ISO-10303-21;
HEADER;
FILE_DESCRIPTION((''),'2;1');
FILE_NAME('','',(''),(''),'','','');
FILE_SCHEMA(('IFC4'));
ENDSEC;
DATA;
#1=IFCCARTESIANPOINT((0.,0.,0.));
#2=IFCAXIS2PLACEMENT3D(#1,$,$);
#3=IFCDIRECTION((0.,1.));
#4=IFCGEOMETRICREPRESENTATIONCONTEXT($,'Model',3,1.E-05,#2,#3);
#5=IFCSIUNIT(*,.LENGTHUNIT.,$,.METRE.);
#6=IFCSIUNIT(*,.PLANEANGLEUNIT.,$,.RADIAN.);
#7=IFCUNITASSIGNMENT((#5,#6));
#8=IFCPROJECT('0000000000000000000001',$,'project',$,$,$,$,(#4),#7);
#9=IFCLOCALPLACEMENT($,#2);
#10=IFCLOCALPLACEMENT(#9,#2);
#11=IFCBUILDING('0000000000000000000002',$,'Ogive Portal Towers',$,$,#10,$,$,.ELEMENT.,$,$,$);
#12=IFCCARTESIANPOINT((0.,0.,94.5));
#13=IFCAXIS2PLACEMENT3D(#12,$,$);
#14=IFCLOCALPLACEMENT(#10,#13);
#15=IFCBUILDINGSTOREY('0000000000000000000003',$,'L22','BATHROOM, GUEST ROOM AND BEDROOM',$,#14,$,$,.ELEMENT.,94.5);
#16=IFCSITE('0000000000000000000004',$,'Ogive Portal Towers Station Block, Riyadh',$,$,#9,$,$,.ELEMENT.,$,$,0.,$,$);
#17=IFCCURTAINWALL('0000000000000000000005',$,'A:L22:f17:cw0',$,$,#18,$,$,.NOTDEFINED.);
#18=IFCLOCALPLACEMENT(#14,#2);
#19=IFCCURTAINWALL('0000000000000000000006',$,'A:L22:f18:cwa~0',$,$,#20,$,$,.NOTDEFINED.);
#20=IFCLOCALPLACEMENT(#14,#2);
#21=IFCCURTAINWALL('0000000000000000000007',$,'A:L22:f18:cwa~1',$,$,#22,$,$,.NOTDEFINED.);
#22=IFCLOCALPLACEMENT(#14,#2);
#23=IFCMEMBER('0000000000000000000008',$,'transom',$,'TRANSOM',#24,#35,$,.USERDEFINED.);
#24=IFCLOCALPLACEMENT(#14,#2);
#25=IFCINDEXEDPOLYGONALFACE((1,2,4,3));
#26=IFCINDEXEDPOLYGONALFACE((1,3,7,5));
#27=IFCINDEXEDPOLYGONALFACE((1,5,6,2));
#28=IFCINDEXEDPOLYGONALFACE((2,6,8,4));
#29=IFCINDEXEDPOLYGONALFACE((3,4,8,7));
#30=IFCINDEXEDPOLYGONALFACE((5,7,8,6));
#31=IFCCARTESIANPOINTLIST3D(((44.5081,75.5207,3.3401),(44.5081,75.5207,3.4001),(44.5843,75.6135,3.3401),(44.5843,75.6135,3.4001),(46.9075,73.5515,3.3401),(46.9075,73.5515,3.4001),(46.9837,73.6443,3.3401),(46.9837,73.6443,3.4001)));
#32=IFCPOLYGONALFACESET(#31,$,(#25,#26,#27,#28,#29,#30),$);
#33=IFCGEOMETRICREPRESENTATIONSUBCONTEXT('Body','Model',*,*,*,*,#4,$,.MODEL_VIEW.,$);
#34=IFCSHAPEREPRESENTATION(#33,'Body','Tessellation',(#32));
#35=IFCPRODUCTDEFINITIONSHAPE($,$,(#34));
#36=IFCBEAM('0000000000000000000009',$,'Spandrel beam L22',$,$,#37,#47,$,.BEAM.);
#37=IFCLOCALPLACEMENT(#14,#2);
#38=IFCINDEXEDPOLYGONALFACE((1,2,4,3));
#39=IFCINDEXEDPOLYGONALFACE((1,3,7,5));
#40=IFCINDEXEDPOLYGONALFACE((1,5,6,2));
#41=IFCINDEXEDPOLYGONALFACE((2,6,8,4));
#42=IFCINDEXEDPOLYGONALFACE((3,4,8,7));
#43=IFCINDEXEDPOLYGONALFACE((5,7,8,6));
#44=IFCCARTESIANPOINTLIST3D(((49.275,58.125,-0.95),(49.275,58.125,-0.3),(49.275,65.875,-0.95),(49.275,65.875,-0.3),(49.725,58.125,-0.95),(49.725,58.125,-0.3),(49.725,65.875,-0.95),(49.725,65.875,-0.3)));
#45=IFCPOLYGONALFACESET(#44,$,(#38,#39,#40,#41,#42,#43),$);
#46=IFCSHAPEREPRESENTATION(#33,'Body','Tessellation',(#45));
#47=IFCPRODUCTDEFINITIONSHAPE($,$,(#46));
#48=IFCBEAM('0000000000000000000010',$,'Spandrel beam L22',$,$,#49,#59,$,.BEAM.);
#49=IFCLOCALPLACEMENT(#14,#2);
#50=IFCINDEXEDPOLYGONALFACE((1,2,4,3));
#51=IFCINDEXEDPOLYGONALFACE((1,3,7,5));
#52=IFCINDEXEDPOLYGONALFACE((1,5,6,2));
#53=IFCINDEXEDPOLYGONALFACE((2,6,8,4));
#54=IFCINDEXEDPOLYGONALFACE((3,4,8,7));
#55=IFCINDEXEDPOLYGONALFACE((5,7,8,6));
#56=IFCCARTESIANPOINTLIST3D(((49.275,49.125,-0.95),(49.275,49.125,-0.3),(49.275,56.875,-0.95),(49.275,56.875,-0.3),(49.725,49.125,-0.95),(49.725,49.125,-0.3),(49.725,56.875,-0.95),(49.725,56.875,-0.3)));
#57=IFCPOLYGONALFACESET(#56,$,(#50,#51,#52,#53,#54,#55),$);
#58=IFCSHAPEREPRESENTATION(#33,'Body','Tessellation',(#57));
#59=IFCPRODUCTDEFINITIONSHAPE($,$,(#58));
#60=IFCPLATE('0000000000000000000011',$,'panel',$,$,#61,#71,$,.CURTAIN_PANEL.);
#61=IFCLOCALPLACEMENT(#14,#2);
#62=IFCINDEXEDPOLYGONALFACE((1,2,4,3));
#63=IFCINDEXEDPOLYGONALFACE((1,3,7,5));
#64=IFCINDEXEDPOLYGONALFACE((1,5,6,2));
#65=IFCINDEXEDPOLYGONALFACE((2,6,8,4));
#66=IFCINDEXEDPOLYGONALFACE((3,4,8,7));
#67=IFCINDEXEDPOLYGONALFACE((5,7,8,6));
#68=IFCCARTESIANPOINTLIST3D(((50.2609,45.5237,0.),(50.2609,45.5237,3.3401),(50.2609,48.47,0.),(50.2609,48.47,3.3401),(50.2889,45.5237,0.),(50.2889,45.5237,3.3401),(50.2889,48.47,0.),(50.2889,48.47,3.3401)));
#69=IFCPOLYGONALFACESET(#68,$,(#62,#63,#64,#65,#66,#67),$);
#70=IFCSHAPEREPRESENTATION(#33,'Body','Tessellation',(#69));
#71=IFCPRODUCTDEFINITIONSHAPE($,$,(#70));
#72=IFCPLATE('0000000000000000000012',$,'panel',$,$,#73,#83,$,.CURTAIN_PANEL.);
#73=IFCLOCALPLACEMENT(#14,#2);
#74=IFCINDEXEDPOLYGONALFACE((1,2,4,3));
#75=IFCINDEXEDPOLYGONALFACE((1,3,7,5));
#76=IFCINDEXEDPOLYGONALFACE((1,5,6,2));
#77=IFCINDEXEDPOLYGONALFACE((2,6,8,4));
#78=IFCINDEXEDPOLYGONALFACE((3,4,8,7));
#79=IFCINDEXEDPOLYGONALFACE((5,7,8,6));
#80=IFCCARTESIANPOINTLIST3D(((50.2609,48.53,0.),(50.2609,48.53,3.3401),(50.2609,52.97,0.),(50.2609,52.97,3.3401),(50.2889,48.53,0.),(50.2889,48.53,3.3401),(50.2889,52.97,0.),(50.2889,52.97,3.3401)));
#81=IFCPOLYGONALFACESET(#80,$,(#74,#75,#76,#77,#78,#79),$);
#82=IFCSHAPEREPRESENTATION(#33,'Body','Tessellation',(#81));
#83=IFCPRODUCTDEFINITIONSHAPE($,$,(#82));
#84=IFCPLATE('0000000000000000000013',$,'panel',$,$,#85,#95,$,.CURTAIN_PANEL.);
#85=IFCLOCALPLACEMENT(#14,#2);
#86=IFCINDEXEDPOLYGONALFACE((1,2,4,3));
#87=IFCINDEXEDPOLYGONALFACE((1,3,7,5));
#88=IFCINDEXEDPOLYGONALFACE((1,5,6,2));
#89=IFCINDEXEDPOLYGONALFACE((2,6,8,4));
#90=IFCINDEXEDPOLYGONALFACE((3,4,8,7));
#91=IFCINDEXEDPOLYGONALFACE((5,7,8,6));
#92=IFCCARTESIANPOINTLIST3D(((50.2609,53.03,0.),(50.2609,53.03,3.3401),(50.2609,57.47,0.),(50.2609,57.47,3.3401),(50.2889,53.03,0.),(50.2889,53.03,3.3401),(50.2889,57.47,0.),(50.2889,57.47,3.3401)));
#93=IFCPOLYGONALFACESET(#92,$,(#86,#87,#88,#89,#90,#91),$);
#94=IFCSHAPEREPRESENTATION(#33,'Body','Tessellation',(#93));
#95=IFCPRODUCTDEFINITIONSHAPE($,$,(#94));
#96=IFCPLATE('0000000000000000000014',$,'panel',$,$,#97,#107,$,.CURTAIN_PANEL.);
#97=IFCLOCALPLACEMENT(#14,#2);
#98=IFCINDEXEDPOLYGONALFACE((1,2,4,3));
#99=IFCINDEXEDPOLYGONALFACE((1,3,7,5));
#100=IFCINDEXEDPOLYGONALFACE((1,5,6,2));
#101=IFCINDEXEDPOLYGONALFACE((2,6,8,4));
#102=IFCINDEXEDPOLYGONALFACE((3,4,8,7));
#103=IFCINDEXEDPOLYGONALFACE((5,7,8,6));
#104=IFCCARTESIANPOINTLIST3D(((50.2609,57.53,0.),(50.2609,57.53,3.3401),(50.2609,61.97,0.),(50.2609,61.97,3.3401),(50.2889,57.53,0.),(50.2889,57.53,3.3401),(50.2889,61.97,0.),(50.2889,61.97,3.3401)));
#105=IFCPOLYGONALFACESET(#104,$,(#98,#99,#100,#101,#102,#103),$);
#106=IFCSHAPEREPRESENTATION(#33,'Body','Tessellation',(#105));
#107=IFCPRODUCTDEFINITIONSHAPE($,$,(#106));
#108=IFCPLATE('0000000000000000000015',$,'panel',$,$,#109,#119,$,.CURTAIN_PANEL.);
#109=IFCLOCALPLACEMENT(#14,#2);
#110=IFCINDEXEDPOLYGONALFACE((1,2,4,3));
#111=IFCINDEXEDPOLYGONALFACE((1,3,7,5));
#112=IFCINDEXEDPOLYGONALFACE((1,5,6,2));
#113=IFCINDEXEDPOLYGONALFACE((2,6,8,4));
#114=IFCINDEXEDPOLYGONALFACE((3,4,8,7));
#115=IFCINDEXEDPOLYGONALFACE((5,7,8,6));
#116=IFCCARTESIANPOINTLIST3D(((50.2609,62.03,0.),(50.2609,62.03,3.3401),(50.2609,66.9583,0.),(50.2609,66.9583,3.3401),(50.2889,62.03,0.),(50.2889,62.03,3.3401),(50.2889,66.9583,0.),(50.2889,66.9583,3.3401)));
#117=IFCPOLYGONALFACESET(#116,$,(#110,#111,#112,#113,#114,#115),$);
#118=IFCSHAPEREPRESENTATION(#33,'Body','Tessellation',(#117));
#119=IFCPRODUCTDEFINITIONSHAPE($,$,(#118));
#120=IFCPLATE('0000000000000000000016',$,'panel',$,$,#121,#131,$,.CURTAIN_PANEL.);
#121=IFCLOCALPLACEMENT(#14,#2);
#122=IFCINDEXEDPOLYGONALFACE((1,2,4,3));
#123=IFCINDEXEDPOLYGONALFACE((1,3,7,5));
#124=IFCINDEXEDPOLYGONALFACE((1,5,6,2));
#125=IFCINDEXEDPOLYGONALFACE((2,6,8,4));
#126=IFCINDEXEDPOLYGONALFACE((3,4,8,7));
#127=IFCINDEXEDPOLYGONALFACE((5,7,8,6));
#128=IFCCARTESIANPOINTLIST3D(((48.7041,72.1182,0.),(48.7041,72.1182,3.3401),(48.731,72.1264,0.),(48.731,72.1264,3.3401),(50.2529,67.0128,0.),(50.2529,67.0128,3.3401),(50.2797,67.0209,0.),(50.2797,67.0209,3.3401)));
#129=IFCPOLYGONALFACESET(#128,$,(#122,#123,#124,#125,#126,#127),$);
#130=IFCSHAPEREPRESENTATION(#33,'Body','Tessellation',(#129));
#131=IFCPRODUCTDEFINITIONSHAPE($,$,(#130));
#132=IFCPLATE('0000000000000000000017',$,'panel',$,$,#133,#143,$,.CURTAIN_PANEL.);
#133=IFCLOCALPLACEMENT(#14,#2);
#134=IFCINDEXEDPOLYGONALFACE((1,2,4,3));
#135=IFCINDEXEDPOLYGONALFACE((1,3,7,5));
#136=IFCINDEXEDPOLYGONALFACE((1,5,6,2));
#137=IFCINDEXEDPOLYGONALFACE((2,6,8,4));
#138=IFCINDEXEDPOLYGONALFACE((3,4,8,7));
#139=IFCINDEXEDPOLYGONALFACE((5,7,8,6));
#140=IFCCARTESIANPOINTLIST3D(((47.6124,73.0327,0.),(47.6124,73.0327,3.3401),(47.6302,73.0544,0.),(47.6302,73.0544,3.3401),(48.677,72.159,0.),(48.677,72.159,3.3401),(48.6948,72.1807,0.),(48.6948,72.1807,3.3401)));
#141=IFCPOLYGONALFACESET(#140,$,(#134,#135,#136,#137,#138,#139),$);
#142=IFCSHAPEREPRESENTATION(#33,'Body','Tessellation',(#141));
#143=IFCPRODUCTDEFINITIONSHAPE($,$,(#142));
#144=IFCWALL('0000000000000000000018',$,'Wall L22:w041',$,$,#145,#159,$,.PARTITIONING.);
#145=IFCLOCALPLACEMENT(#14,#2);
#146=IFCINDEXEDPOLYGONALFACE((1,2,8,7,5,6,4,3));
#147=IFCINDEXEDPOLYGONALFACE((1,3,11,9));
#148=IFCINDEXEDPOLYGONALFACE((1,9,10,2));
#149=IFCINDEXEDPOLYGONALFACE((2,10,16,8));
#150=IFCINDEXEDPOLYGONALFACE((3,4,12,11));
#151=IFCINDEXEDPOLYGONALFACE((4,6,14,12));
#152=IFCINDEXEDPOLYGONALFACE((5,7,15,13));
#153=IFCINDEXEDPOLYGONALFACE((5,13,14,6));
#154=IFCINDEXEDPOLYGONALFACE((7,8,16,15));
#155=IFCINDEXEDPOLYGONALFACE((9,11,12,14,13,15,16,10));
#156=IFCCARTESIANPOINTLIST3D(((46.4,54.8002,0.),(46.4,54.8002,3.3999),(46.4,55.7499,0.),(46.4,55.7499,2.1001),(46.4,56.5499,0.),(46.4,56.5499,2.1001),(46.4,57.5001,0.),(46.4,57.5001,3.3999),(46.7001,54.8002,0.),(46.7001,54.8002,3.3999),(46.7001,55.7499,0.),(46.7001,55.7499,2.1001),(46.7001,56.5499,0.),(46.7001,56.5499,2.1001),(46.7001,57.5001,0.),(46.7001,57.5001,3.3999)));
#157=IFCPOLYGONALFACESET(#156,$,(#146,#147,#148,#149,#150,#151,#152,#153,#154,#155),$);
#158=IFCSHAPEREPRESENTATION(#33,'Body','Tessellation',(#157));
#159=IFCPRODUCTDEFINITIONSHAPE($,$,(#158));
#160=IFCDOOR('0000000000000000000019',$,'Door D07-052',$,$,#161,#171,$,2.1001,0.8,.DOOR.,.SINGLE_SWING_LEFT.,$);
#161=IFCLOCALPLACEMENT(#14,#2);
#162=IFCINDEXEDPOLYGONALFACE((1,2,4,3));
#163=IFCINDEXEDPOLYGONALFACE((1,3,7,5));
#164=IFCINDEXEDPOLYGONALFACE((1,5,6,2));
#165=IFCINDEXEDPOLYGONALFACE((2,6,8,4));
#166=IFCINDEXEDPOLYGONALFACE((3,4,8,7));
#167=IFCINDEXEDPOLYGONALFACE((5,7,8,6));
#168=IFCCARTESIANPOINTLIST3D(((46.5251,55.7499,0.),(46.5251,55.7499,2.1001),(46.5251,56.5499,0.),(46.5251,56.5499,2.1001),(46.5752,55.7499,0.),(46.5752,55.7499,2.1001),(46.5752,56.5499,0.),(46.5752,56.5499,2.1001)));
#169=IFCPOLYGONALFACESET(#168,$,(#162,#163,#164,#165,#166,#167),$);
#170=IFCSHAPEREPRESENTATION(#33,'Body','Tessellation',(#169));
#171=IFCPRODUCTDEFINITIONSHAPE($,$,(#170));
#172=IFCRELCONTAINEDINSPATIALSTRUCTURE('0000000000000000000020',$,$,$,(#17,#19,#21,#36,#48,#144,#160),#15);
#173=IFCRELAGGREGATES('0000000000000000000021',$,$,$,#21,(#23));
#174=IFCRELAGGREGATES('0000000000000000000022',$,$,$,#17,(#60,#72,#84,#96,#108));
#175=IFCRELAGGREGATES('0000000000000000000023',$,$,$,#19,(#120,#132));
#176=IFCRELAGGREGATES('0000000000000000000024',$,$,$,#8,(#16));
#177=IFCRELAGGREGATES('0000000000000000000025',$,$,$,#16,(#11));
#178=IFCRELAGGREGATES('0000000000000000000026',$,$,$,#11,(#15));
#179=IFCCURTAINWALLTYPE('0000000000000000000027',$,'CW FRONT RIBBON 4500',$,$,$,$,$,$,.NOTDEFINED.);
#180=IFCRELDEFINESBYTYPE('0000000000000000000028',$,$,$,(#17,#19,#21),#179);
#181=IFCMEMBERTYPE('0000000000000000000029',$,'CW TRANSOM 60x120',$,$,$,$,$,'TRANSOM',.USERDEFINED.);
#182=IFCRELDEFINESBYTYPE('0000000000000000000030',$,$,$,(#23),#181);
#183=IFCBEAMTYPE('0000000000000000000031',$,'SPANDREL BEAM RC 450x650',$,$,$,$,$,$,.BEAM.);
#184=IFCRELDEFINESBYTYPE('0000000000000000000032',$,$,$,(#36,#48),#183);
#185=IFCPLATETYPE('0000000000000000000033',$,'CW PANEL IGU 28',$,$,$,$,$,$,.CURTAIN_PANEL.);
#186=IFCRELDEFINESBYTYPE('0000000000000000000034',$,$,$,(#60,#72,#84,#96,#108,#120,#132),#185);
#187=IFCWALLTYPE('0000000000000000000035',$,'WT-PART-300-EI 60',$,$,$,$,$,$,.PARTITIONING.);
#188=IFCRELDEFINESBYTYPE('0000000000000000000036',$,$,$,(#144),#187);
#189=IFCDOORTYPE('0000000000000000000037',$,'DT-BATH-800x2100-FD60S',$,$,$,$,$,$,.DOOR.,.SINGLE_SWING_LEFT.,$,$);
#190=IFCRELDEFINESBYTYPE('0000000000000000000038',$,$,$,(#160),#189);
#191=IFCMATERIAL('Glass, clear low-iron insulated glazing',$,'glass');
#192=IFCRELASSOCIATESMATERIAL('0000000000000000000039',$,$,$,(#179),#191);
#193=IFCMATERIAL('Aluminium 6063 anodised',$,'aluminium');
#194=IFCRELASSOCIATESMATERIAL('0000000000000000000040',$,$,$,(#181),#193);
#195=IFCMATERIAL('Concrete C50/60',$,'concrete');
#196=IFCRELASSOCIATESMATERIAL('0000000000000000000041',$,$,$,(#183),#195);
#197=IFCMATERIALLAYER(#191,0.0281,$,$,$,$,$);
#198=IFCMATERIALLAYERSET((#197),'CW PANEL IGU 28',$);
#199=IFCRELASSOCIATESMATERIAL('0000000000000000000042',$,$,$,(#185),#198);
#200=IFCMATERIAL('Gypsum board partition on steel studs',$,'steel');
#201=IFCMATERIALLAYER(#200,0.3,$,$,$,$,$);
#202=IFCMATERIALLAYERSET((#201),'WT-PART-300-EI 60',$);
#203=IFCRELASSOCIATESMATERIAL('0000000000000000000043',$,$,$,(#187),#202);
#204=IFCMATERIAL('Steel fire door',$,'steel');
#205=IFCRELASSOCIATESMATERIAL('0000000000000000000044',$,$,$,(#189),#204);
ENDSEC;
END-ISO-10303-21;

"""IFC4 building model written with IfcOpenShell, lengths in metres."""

from ifc_helpers import new_model, si_unit, direction, frame, frame_2d, origin, origin_2d, place, context, subcontext, project, spatial, rectangle, extrude, material, layer, layer_set, material_profile, profile_set, type_object, element, fill, aggregate, save


model = new_model("IFC4")

# Units and contexts
model_context = context("Model", 3, precision=1e-05, world=origin(), true_north=direction((0.0, 1.0)))
body_context = subcontext(model_context, "Body", "Model", "MODEL_VIEW")
ifc_project = project(units=[si_unit("LENGTHUNIT", "METRE"), si_unit("PLANEANGLEUNIT", "RADIAN")], contexts=[model_context])

# Site, building, storey
site_placement = place(None, origin())
site = spatial("IfcSite", under=ifc_project, at=site_placement, Name="Ogive Portal Towers Station Block, Riyadh", CompositionType="ELEMENT", RefElevation=0.0)
building_placement = place(site_placement, origin())
building = spatial("IfcBuilding", under=site, at=building_placement, Name="Ogive Portal Towers", CompositionType="ELEMENT")
storey_placement = place(building_placement, frame((0.0, 0.0, 94.5)))
storey = spatial("IfcBuildingStorey", under=building, at=storey_placement, Name="L22", Description="BATHROOM, GUEST ROOM AND BEDROOM", CompositionType="ELEMENT", Elevation=94.5)

# Curtain walls
ifc_material_1 = material(Name="Glass, clear low-iron insulated glazing", Category="glass")
curtain_wall_type = type_object("IfcCurtainWallType", Name="CW FRONT RIBBON 4500", PredefinedType="NOTDEFINED", material=ifc_material_1)
curtain_wall_1_placement = place(storey_placement, origin())
curtain_wall_1 = element("IfcCurtainWall", 1, at=curtain_wall_1_placement, inside=storey, type_object=curtain_wall_type, Name="A:L22:f17:cw0", PredefinedType="NOTDEFINED")
ifc_material_2 = material(Name="Aluminium 6063 anodised", Category="aluminium")
curtain_wall_2_placement = place(storey_placement, origin())
curtain_wall_2 = element("IfcCurtainWall", 2, at=curtain_wall_2_placement, inside=storey, type_object=curtain_wall_type, Name="A:L22:f18:cwa~0", PredefinedType="NOTDEFINED")

# Curtain wall
curtain_wall_3_placement = place(storey_placement, origin())
curtain_wall_3 = element("IfcCurtainWall", 3, at=curtain_wall_3_placement, inside=storey, type_object=curtain_wall_type, Name="A:L22:f18:cwa~1", PredefinedType="NOTDEFINED")

# Member
ifc_material_profile_1 = material_profile(ifc_material_2, rectangle(XDim=0.1201, YDim=0.0601, at=origin_2d()), Name="AL 120x60")
ifc_profile_set_1 = profile_set([ifc_material_profile_1], Name="Aluminium 6063 anodised")
member_type_1 = type_object("IfcMemberType", Name="CW TRANSOM 60x120", ElementType="TRANSOM", PredefinedType="USERDEFINED", material=ifc_profile_set_1)
member_1_placement = place(storey_placement, frame((46.9456, 73.5979, 3.3701), z_axis=(-0.772996, 0.634411, 0.0), x_axis=(-0.634411, -0.772996, 0.0)))
member_1 = element("IfcMember", 4, at=member_1_placement, type_object=member_type_1, Name="transom", ObjectType="TRANSOM", PredefinedType="USERDEFINED", context=body_context, shape_type="SweptSolid", body=[
    extrude(rectangle(XDim=0.1201, YDim=0.0601, at=origin_2d()), origin(), (0.0, 0.0, 1.0), 3.104),
])
aggregate(curtain_wall_3, [member_1])

# Beams
ifc_material_3 = material(Name="Concrete C50/60", Category="concrete")
ifc_material_profile_2 = material_profile(ifc_material_3, rectangle(XDim=0.45, YDim=0.6499, at=origin_2d()), Name="RC 450x650")
ifc_profile_set_2 = profile_set([ifc_material_profile_2], Name="Concrete C50/60")
beam_type = type_object("IfcBeamType", Name="SPANDREL BEAM RC 450x650", PredefinedType="BEAM", material=ifc_profile_set_2)
for number, where, z_axis, x_axis, name in (
    (5, (49.5, 65.875, -0.625), (0.0, -1.0, 0.0), (1.0, 0.0, 0.0), "Spandrel beam L22"),
    (6, (49.5, 56.875, -0.625), (0.0, -1.0, 0.0), (1.0, 0.0, 0.0), "Spandrel beam L22"),
):
    element("IfcBeam", number, at=place(storey_placement, frame(where, z_axis=z_axis, x_axis=x_axis)), inside=storey, type_object=beam_type, Name=name, PredefinedType="BEAM", context=body_context, shape_type="SweptSolid", body=[
        extrude(rectangle(XDim=0.45, YDim=0.6499, at=origin_2d()), origin(), (0.0, 0.0, 1.0), 7.75),
    ])

# Plates
ifc_layer_1 = layer(ifc_material_1, 0.0281)
ifc_layer_set_1 = layer_set([ifc_layer_1], Name="CW PANEL IGU 28")
plate_type = type_object("IfcPlateType", Name="CW PANEL IGU 28", PredefinedType="CURTAIN_PANEL", material=ifc_layer_set_1)
plate_1_placement = place(storey_placement, frame((50.2749, 46.9968, 0.0), z_axis=(0.0, 0.0, 1.0), x_axis=(0.0, 1.0, 0.0)))
plate_1 = element("IfcPlate", 7, at=plate_1_placement, type_object=plate_type, Name="panel", PredefinedType="CURTAIN_PANEL", context=body_context, shape_type="SweptSolid", body=[
    extrude(rectangle(XDim=2.9463, YDim=0.0281, at=origin_2d()), origin(), (0.0, 0.0, 1.0), 3.3401),
])
plate_2_placement = place(storey_placement, frame((50.2749, 50.75, 0.0), z_axis=(0.0, 0.0, 1.0), x_axis=(0.0, 1.0, 0.0)))
plate_2 = element("IfcPlate", 8, at=plate_2_placement, type_object=plate_type, Name="panel", PredefinedType="CURTAIN_PANEL", context=body_context, shape_type="SweptSolid", body=[
    extrude(rectangle(XDim=4.4399, YDim=0.0281, at=origin_2d()), origin(), (0.0, 0.0, 1.0), 3.3401),
])
plate_3_placement = place(storey_placement, frame((50.2749, 55.25, 0.0), z_axis=(0.0, 0.0, 1.0), x_axis=(0.0, 1.0, 0.0)))
plate_3 = element("IfcPlate", 9, at=plate_3_placement, type_object=plate_type, Name="panel", PredefinedType="CURTAIN_PANEL", context=body_context, shape_type="SweptSolid", body=[
    extrude(rectangle(XDim=4.4399, YDim=0.0281, at=origin_2d()), origin(), (0.0, 0.0, 1.0), 3.3401),
])
plate_4_placement = place(storey_placement, frame((50.2749, 59.75, 0.0), z_axis=(0.0, 0.0, 1.0), x_axis=(0.0, 1.0, 0.0)))
plate_4 = element("IfcPlate", 10, at=plate_4_placement, type_object=plate_type, Name="panel", PredefinedType="CURTAIN_PANEL", context=body_context, shape_type="SweptSolid", body=[
    extrude(rectangle(XDim=4.4399, YDim=0.0281, at=origin_2d()), origin(), (0.0, 0.0, 1.0), 3.3401),
])
plate_5_placement = place(storey_placement, frame((50.2749, 64.4941, 0.0), z_axis=(0.0, 0.0, 1.0), x_axis=(0.0, 1.0, 0.0)))
plate_5 = element("IfcPlate", 11, at=plate_5_placement, type_object=plate_type, Name="panel", PredefinedType="CURTAIN_PANEL", context=body_context, shape_type="SweptSolid", body=[
    extrude(rectangle(XDim=4.9282, YDim=0.0281, at=origin_2d()), origin(), (0.0, 0.0, 1.0), 3.3401),
])
aggregate(curtain_wall_1, [plate_1, plate_2, plate_3, plate_4, plate_5])
plate_6_placement = place(storey_placement, frame((49.4919, 69.5696, 0.0), z_axis=(0.0, 0.0, 1.0), x_axis=(-0.290285, 0.95694, 0.0)))
plate_6 = element("IfcPlate", 12, at=plate_6_placement, type_object=plate_type, Name="panel", PredefinedType="CURTAIN_PANEL", context=body_context, shape_type="SweptSolid", body=[
    extrude(rectangle(XDim=5.3352, YDim=0.0281, at=origin_2d()), origin(), (0.0, 0.0, 1.0), 3.3401),
])
plate_7_placement = place(storey_placement, frame((48.1536, 72.6067, 0.0), z_axis=(0.0, 0.0, 1.0), x_axis=(-0.77301, 0.634393, 0.0)))
plate_7 = element("IfcPlate", 13, at=plate_7_placement, type_object=plate_type, Name="panel", PredefinedType="CURTAIN_PANEL", context=body_context, shape_type="SweptSolid", body=[
    extrude(rectangle(XDim=1.3772, YDim=0.0281, at=origin_2d()), origin(), (0.0, 0.0, 1.0), 3.3401),
])
aggregate(curtain_wall_2, [plate_6, plate_7])

# Wall, opening, door
ifc_material_4 = material(Name="Gypsum board partition on steel studs", Category="steel")
ifc_layer_2 = layer(ifc_material_4, 0.3)
ifc_layer_set_2 = layer_set([ifc_layer_2], Name="WT-PART-300-EI 60")
wall_type = type_object("IfcWallType", Name="WT-PART-300-EI 60", PredefinedType="PARTITIONING", material=ifc_layer_set_2)
wall_1_placement = place(storey_placement, frame((46.55, 54.8, 0.0), z_axis=(0.0, 0.0, 1.0), x_axis=(0.0, 1.0, 0.0)))
wall_1 = element("IfcWall", 14, at=wall_1_placement, inside=storey, type_object=wall_type, Name="Wall L22:w041", PredefinedType="PARTITIONING", context=body_context, shape_type="SweptSolid", body=[
    extrude(rectangle(XDim=2.7, YDim=0.3, at=frame_2d((1.3501, 0.0))), origin(), (0.0, 0.0, 1.0), 3.3999),
])
opening_1_placement = place(wall_1_placement, frame((0.95, 0.0, 0.0)))
opening_1 = element("IfcOpeningElement", 15, at=opening_1_placement, cuts=wall_1, PredefinedType="OPENING", context=body_context, shape_type="SweptSolid", body=[
    extrude(rectangle(XDim=0.8, YDim=2.1001, at=frame_2d((0.3999, 1.05))), frame((0.0, 0.1602, 0.0), z_axis=(0.0, -1.0, 0.0), x_axis=(1.0, 0.0, 0.0)), (0.0, 0.0, 1.0), 0.3201),
])
ifc_material_5 = material(Name="Steel fire door", Category="steel")
door_type = type_object("IfcDoorType", Name="DT-BATH-800x2100-FD60S", OperationType="SINGLE_SWING_LEFT", PredefinedType="DOOR", material=ifc_material_5)
door_1_placement = place(opening_1_placement, origin())
door_1 = element("IfcDoor", 16, at=door_1_placement, inside=storey, type_object=door_type, Name="Door D07-052", OperationType="SINGLE_SWING_LEFT", OverallHeight=2.1001, OverallWidth=0.8, PredefinedType="DOOR", context=body_context, shape_type="SweptSolid", body=[
    extrude(rectangle(XDim=0.8, YDim=2.1001, at=frame_2d((0.3999, 1.05))), frame((0.0, 0.0249, 0.0), z_axis=(0.0, -1.0, 0.0), x_axis=(1.0, 0.0, 0.0)), (0.0, 0.0, 1.0), 0.05),
])
fill(opening_1, door_1)

save(model, "model.ifc")
